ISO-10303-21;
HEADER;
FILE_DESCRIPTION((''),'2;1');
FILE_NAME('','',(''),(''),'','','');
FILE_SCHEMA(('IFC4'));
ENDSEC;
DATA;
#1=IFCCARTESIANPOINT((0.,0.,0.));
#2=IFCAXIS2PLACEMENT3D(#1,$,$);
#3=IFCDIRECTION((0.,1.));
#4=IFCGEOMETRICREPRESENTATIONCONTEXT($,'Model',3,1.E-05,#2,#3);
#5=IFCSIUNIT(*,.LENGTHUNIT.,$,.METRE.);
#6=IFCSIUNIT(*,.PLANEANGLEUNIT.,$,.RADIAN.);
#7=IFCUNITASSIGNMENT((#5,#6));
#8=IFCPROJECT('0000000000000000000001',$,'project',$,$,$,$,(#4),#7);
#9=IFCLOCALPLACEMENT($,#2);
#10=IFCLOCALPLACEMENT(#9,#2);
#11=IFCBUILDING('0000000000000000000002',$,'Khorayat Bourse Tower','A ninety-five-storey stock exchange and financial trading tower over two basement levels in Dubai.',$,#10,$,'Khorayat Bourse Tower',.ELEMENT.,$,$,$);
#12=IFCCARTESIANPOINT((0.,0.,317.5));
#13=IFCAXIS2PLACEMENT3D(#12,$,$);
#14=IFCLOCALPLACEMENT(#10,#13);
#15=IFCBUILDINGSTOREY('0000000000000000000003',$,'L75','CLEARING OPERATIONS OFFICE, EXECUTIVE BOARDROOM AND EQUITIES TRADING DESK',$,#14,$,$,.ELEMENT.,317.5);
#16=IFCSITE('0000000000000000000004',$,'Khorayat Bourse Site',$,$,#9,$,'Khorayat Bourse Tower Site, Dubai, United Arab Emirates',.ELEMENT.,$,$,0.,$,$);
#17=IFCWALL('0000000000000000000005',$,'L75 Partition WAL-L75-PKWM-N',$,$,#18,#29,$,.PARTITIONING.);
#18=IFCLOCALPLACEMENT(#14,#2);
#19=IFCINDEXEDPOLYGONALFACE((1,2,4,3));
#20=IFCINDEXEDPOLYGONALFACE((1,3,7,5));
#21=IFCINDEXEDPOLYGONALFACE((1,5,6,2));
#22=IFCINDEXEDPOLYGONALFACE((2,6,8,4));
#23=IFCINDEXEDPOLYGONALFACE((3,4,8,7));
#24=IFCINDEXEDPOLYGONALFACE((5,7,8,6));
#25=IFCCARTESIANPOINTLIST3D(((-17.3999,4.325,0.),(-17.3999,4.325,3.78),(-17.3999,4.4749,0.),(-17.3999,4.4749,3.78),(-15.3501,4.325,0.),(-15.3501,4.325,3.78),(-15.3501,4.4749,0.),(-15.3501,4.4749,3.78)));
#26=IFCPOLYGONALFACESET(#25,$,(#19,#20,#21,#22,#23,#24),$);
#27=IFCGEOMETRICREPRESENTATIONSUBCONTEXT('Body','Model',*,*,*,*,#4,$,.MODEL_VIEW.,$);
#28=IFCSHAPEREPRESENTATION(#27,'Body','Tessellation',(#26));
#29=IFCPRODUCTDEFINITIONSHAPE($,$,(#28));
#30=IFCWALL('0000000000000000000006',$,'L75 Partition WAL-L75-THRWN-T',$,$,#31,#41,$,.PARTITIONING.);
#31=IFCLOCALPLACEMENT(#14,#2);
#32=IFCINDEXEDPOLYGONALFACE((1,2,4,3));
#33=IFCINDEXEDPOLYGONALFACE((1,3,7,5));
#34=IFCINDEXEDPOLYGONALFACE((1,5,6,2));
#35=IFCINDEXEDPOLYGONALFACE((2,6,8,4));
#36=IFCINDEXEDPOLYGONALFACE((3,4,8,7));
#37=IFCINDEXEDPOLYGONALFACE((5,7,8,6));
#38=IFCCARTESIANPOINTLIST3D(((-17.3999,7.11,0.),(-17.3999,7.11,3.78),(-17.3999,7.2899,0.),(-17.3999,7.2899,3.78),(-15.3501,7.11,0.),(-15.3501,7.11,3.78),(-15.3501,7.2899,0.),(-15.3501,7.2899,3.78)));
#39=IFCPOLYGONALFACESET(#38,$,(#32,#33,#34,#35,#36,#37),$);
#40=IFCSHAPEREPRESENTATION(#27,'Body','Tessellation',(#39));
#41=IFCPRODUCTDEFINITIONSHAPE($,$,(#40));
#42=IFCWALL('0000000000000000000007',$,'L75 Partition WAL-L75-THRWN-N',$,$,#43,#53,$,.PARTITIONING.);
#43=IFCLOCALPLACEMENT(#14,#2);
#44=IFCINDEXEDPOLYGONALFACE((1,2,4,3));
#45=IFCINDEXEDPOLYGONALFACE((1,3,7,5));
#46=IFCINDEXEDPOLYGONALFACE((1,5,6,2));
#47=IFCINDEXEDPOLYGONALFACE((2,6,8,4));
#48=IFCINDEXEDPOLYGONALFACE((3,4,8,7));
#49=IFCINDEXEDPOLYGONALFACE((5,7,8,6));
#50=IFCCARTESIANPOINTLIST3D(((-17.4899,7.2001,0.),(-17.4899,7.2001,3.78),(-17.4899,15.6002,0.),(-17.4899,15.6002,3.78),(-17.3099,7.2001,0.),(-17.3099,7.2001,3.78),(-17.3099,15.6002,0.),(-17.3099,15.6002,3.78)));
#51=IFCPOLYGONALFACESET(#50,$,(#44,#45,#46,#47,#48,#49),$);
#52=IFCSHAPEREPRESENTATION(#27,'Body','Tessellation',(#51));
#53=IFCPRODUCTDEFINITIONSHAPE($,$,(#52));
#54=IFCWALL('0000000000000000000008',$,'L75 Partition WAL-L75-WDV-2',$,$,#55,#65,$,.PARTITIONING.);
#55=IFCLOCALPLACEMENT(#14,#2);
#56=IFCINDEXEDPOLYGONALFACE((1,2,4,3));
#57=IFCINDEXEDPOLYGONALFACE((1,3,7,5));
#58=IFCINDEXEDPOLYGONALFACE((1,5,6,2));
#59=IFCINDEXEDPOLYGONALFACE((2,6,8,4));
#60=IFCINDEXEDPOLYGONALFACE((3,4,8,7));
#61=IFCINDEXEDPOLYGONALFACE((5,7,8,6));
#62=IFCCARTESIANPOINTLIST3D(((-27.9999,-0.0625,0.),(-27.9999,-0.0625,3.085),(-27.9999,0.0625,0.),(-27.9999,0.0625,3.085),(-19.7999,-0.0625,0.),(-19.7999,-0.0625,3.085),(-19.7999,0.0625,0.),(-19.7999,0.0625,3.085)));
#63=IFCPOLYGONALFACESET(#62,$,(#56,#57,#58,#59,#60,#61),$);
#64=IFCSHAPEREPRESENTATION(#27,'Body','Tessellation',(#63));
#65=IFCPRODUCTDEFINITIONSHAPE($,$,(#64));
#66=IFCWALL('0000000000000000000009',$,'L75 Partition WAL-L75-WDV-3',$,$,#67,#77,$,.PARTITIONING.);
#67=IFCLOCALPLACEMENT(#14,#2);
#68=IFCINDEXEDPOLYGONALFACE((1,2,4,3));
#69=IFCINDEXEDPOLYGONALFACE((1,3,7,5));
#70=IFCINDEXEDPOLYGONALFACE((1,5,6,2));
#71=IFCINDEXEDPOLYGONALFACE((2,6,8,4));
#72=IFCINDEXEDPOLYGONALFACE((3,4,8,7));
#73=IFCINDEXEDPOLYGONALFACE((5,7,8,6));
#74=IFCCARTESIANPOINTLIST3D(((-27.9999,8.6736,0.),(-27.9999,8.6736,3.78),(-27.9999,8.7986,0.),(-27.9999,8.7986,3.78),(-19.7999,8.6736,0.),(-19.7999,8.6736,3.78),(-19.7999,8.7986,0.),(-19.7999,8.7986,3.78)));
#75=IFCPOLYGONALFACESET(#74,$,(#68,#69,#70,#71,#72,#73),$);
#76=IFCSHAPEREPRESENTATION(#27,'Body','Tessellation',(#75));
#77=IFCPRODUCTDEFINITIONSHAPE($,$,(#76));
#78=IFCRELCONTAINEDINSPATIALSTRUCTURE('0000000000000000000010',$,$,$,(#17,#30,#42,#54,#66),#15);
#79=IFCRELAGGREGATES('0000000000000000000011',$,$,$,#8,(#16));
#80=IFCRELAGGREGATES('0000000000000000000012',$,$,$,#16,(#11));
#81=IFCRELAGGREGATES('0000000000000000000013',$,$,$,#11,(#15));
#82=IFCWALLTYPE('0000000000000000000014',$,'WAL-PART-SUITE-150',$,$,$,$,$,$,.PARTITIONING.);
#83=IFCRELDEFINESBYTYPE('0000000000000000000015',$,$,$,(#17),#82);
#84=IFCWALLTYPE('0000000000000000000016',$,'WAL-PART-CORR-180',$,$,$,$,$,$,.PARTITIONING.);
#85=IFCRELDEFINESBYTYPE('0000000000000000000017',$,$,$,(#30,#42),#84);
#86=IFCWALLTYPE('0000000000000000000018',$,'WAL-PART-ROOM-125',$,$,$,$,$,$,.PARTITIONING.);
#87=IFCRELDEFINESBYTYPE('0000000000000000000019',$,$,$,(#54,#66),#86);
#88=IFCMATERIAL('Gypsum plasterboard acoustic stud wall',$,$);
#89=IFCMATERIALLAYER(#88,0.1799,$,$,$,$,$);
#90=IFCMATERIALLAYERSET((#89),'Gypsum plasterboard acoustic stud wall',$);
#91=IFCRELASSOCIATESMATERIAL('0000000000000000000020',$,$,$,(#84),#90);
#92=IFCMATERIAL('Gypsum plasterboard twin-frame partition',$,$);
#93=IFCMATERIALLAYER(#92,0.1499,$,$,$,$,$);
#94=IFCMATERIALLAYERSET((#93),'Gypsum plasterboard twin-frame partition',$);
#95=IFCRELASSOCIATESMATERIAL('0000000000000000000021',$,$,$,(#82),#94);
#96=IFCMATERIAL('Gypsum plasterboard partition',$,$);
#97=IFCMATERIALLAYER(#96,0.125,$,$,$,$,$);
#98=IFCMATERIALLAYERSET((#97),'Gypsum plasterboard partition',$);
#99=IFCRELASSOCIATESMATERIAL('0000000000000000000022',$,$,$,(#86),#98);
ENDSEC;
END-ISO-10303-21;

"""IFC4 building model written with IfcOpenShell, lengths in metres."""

from ifc_helpers import new_model, si_unit, direction, frame, frame_2d, origin, place, context, subcontext, project, spatial, rectangle, extrude, source, transform, mapped, material, layer, layer_set, type_object, element, save


model = new_model("IFC4")

# Units and contexts
model_context = context("Model", 3, precision=1e-05, world=origin(), true_north=direction((0.0, 1.0)))
body_context = subcontext(model_context, "Body", "Model", "MODEL_VIEW")
ifc_project = project(units=[si_unit("LENGTHUNIT", "METRE"), si_unit("PLANEANGLEUNIT", "RADIAN")], contexts=[model_context])

# Site, building, storey
site_placement = place(None, origin())
site = spatial("IfcSite", under=ifc_project, at=site_placement, Name="Khorayat Bourse Site", LongName="Khorayat Bourse Tower Site, Dubai, United Arab Emirates", CompositionType="ELEMENT", RefElevation=0.0)
building_placement = place(site_placement, origin())
building = spatial("IfcBuilding", under=site, at=building_placement, Name="Khorayat Bourse Tower", Description="A ninety-five-storey stock exchange and financial trading tower over two basement levels in Dubai.", LongName="Khorayat Bourse Tower", CompositionType="ELEMENT")
storey_placement = place(building_placement, frame((0.0, 0.0, 317.5)))
storey = spatial("IfcBuildingStorey", under=building, at=storey_placement, Name="L75", Description="CLEARING OPERATIONS OFFICE, EXECUTIVE BOARDROOM AND EQUITIES TRADING DESK", CompositionType="ELEMENT", Elevation=317.5)

# Walls
ifc_material_1 = material(Name="Gypsum plasterboard acoustic stud wall")
ifc_layer_1 = layer(ifc_material_1, 0.1799)
ifc_layer_set_1 = layer_set([ifc_layer_1], Name="Gypsum plasterboard acoustic stud wall")
wall_type_1 = type_object("IfcWallType", Name="WAL-PART-CORR-180", PredefinedType="PARTITIONING", material=ifc_layer_set_1)
ifc_material_2 = material(Name="Gypsum plasterboard twin-frame partition")
ifc_layer_2 = layer(ifc_material_2, 0.1499)
ifc_layer_set_2 = layer_set([ifc_layer_2], Name="Gypsum plasterboard twin-frame partition")
wall_type_2 = type_object("IfcWallType", Name="WAL-PART-SUITE-150", PredefinedType="PARTITIONING", material=ifc_layer_set_2)
shared_shape_1 = source(origin(), body_context, "Body", "SweptSolid", [
    extrude(rectangle(XDim=2.0498, YDim=0.1499, at=frame_2d((1.0249, 0.0))), origin(), (0.0, 0.0, 1.0), 3.78),
])
wall_1_placement = place(storey_placement, frame((-17.3999, 4.3999, 0.0), z_axis=(0.0, 0.0, 1.0), x_axis=(1.0, 0.0, 0.0)))
element("IfcWall", 1, at=wall_1_placement, inside=storey, type_object=wall_type_2, Name="L75 Partition WAL-L75-PKWM-N", PredefinedType="PARTITIONING", context=body_context, shape_type="MappedRepresentation", body=[
    mapped(shared_shape_1, transform((0.0, 0.0, 0.0), scale=1.0)),
])
shared_shape_2 = source(origin(), body_context, "Body", "SweptSolid", [
    extrude(rectangle(XDim=2.0498, YDim=0.1799, at=frame_2d((1.0249, 0.0))), origin(), (0.0, 0.0, 1.0), 3.78),
])
wall_2_placement = place(storey_placement, frame((-17.3999, 7.2, 0.0), z_axis=(0.0, 0.0, 1.0), x_axis=(1.0, 0.0, 0.0)))
element("IfcWall", 2, at=wall_2_placement, inside=storey, type_object=wall_type_1, Name="L75 Partition WAL-L75-THRWN-T", PredefinedType="PARTITIONING", context=body_context, shape_type="MappedRepresentation", body=[
    mapped(shared_shape_2, transform((0.0, 0.0, 0.0), scale=1.0)),
])
shared_shape_3 = source(origin(), body_context, "Body", "SweptSolid", [
    extrude(rectangle(XDim=8.4001, YDim=0.1799, at=frame_2d((4.2002, 0.0))), origin(), (0.0, 0.0, 1.0), 3.78),
])
wall_3_placement = place(storey_placement, frame((-17.3999, 7.2, 0.0), z_axis=(0.0, 0.0, 1.0), x_axis=(0.0, 1.0, 0.0)))
element("IfcWall", 3, at=wall_3_placement, inside=storey, type_object=wall_type_1, Name="L75 Partition WAL-L75-THRWN-N", PredefinedType="PARTITIONING", context=body_context, shape_type="MappedRepresentation", body=[
    mapped(shared_shape_3, transform((0.0, 0.0, 0.0), scale=1.0)),
])
ifc_material_3 = material(Name="Gypsum plasterboard partition")
ifc_layer_3 = layer(ifc_material_3, 0.125)
ifc_layer_set_3 = layer_set([ifc_layer_3], Name="Gypsum plasterboard partition")
wall_type_3 = type_object("IfcWallType", Name="WAL-PART-ROOM-125", PredefinedType="PARTITIONING", material=ifc_layer_set_3)
shared_shape_4 = source(origin(), body_context, "Body", "SweptSolid", [
    extrude(rectangle(XDim=8.2, YDim=0.125, at=frame_2d((4.1001, 0.0))), origin(), (0.0, 0.0, 1.0), 3.085),
])
wall_4_placement = place(storey_placement, frame((-28.0, 0.0, 0.0), z_axis=(0.0, 0.0, 1.0), x_axis=(1.0, 0.0, 0.0)))
element("IfcWall", 4, at=wall_4_placement, inside=storey, type_object=wall_type_3, Name="L75 Partition WAL-L75-WDV-2", PredefinedType="PARTITIONING", context=body_context, shape_type="MappedRepresentation", body=[
    mapped(shared_shape_4, transform((0.0, 0.0, 0.0), scale=1.0)),
])
shared_shape_5 = source(origin(), body_context, "Body", "SweptSolid", [
    extrude(rectangle(XDim=8.2, YDim=0.125, at=frame_2d((4.1001, 0.0))), origin(), (0.0, 0.0, 1.0), 3.78),
])
wall_5_placement = place(storey_placement, frame((-28.0, 8.7361, 0.0), z_axis=(0.0, 0.0, 1.0), x_axis=(1.0, 0.0, 0.0)))
element("IfcWall", 5, at=wall_5_placement, inside=storey, type_object=wall_type_3, Name="L75 Partition WAL-L75-WDV-3", PredefinedType="PARTITIONING", context=body_context, shape_type="MappedRepresentation", body=[
    mapped(shared_shape_5, transform((0.0, 0.0, 0.0), scale=1.0)),
])

save(model, "model.ifc")
